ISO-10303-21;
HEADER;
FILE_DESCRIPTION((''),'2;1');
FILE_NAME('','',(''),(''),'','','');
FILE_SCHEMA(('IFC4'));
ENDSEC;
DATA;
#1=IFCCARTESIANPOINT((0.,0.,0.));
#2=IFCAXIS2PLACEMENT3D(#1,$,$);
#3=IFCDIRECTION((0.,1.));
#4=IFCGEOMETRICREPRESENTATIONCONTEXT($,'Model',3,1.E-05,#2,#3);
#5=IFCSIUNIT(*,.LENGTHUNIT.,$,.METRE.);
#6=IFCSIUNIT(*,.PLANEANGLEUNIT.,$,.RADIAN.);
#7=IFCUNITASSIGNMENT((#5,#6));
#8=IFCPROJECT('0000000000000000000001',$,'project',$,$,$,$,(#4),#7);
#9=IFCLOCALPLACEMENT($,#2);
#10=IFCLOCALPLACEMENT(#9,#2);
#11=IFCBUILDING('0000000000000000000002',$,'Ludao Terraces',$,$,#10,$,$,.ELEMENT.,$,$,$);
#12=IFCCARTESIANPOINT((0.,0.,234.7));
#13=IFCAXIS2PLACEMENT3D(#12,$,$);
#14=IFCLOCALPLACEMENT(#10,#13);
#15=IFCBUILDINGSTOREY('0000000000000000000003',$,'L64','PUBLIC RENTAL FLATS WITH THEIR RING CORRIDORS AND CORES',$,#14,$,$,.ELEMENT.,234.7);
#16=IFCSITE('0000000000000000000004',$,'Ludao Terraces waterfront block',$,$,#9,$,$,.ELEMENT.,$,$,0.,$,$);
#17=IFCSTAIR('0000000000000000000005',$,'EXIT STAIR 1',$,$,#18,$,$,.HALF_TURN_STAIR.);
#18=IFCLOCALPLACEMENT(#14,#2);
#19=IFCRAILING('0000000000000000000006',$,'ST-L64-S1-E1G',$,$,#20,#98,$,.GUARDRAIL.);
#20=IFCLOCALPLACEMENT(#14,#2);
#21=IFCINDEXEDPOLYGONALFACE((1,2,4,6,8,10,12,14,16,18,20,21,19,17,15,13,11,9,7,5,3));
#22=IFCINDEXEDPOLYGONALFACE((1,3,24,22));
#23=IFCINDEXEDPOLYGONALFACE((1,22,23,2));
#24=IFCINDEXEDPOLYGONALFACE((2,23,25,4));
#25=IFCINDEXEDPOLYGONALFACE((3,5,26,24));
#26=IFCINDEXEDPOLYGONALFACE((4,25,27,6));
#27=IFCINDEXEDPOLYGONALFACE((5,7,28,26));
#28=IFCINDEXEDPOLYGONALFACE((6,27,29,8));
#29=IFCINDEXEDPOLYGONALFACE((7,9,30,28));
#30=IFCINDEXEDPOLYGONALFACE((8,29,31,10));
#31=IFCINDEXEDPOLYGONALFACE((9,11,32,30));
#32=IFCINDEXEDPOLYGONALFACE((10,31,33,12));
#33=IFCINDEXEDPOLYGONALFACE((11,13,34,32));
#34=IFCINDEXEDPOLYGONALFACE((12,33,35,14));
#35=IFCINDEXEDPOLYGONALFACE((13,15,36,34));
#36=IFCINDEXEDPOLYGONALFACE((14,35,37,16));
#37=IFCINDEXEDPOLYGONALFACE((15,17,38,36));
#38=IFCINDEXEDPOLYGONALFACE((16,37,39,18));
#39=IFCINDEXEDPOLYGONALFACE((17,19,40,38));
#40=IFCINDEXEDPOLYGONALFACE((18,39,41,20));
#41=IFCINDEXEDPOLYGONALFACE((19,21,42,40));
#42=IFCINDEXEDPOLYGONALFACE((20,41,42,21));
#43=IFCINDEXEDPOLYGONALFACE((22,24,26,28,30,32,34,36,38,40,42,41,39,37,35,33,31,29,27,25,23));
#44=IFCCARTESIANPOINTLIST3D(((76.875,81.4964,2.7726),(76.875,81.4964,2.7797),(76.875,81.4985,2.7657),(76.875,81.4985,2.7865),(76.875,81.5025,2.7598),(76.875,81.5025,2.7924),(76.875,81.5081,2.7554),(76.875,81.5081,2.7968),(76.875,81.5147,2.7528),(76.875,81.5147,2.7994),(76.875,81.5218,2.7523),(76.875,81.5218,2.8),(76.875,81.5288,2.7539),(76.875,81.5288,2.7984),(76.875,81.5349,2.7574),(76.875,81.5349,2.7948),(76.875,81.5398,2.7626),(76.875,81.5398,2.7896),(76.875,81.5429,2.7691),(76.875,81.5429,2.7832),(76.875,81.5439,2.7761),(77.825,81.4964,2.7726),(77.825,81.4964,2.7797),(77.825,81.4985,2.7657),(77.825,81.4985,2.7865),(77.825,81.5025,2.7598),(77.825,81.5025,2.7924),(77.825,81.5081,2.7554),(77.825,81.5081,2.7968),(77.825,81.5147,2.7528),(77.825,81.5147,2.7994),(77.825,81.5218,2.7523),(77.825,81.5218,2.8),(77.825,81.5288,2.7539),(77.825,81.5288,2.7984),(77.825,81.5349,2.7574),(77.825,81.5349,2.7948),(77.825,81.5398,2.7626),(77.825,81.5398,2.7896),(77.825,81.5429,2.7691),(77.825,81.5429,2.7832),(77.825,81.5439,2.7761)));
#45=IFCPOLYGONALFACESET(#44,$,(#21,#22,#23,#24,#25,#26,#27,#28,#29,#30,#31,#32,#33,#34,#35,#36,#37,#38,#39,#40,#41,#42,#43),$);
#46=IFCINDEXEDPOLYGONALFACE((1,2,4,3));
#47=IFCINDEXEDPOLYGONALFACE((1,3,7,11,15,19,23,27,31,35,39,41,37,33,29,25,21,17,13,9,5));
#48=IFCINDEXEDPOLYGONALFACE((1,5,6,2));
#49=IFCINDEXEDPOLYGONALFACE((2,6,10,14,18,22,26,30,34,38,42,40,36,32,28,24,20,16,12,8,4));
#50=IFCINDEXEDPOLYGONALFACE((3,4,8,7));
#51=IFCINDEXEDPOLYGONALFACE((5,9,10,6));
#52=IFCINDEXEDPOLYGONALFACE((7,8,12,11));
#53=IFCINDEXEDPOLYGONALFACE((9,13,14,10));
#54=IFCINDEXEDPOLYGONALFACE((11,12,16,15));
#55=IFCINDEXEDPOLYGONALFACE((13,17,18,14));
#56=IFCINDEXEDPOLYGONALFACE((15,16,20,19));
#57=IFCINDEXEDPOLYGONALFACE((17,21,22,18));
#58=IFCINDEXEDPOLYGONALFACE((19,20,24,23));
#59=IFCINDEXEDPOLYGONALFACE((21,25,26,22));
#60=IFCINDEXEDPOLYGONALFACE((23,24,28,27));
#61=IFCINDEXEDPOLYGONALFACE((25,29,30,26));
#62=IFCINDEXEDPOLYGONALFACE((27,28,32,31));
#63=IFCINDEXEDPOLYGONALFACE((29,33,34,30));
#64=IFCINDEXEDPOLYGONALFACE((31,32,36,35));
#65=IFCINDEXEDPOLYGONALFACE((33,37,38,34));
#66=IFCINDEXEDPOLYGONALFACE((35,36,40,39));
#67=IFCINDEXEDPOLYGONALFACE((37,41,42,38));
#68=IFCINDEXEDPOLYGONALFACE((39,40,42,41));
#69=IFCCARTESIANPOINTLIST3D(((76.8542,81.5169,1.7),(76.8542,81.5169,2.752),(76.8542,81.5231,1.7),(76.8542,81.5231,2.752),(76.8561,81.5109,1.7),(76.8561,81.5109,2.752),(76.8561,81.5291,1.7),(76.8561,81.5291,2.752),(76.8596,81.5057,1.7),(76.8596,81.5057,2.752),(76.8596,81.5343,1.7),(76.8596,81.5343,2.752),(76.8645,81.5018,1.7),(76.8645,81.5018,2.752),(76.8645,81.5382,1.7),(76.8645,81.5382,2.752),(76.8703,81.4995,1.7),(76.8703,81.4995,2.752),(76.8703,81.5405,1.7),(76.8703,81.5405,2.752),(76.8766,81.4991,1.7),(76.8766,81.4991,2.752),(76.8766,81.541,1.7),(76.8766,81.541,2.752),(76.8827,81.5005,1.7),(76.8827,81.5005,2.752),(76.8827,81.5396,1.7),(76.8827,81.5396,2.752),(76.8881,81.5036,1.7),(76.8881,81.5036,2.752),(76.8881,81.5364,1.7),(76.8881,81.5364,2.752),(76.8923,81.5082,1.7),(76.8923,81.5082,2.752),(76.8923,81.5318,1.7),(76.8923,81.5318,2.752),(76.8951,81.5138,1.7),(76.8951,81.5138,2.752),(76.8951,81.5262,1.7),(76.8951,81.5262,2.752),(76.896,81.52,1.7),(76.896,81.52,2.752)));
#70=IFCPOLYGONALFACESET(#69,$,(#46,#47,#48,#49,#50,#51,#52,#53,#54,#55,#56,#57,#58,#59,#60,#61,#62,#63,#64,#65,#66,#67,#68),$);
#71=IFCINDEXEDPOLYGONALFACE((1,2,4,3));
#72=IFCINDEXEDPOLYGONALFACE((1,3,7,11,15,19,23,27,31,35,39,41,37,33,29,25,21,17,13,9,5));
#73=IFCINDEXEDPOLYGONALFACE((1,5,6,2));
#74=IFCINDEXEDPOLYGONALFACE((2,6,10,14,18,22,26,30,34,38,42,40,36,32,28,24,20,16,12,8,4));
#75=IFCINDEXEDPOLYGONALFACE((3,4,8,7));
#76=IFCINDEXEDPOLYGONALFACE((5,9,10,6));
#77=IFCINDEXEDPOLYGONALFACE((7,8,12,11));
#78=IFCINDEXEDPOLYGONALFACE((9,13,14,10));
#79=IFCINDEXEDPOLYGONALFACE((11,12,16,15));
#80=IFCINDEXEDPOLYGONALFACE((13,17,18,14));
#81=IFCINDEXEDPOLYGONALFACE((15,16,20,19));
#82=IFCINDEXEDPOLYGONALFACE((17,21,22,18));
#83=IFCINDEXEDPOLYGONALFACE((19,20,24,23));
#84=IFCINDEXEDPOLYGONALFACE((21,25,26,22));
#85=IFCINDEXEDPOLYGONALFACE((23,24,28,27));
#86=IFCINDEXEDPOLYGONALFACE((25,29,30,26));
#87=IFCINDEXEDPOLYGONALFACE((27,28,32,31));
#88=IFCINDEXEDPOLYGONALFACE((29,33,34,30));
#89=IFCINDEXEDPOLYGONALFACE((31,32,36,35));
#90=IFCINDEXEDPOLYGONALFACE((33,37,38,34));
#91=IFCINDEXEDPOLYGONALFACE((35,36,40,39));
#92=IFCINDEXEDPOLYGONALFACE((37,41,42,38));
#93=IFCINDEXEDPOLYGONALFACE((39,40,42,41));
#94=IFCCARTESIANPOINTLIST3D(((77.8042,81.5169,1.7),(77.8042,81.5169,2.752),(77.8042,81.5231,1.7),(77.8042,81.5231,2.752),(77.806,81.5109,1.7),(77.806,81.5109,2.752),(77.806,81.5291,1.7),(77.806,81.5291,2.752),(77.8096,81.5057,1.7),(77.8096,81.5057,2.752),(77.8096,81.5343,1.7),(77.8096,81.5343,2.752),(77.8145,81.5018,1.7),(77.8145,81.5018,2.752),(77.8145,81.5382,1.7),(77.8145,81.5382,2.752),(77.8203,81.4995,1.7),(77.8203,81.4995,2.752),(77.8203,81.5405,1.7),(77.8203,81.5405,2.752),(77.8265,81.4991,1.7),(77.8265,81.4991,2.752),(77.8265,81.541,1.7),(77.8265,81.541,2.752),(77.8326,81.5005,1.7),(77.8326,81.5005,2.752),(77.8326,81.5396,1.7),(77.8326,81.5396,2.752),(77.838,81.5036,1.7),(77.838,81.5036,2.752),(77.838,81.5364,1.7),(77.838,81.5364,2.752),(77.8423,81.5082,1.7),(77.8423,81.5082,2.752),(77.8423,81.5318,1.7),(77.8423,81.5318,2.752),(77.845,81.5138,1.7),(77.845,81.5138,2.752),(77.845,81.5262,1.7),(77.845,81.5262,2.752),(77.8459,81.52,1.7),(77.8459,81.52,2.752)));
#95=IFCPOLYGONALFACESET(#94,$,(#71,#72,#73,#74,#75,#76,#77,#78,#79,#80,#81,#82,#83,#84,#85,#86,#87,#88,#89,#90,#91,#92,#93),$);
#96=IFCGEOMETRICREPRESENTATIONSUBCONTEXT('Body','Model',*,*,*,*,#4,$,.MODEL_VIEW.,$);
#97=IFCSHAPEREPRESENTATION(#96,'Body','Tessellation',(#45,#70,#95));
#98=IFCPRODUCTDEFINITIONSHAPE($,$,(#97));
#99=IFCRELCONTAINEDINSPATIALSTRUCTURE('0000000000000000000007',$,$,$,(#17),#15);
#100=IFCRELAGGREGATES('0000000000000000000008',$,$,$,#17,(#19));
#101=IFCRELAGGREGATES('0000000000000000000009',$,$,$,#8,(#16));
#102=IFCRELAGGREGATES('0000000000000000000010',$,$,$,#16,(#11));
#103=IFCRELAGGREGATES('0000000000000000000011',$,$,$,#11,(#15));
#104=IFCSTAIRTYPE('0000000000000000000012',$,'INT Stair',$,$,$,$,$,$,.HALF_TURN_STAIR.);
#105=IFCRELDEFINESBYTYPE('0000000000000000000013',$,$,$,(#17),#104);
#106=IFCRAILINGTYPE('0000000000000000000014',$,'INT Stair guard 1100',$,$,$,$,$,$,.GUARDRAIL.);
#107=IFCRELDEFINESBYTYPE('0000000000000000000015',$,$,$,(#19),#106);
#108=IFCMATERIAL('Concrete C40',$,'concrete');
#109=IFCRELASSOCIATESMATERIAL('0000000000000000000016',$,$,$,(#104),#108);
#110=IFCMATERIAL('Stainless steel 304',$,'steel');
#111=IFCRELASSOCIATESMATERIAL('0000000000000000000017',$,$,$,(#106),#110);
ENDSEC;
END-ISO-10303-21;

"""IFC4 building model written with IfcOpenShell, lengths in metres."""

from ifc_helpers import new_model, si_unit, direction, frame, origin, origin_2d, place, context, subcontext, project, spatial, circle, extrude, material, type_object, element, aggregate, save


model = new_model("IFC4")

# Units and contexts
model_context = context("Model", 3, precision=1e-05, world=origin(), true_north=direction((0.0, 1.0)))
body_context = subcontext(model_context, "Body", "Model", "MODEL_VIEW")
ifc_project = project(units=[si_unit("LENGTHUNIT", "METRE"), si_unit("PLANEANGLEUNIT", "RADIAN")], contexts=[model_context])

# Site, building, storey
site_placement = place(None, origin())
site = spatial("IfcSite", under=ifc_project, at=site_placement, Name="Ludao Terraces waterfront block", CompositionType="ELEMENT", RefElevation=0.0)
building_placement = place(site_placement, origin())
building = spatial("IfcBuilding", under=site, at=building_placement, Name="Ludao Terraces", CompositionType="ELEMENT")
storey_placement = place(building_placement, frame((0.0, 0.0, 234.7)))
storey = spatial("IfcBuildingStorey", under=building, at=storey_placement, Name="L64", Description="PUBLIC RENTAL FLATS WITH THEIR RING CORRIDORS AND CORES", CompositionType="ELEMENT", Elevation=234.7)

# Shared definitions
ifc_material_1 = material(Name="Concrete C40", Category="concrete")

# Stair, railing
stair_type = type_object("IfcStairType", Name="INT Stair", PredefinedType="HALF_TURN_STAIR", material=ifc_material_1)
stair_placement = place(storey_placement, origin())
stair = element("IfcStair", 1, at=stair_placement, inside=storey, type_object=stair_type, Name="EXIT STAIR 1", PredefinedType="HALF_TURN_STAIR")
ifc_material_2 = material(Name="Stainless steel 304", Category="steel")
railing_type_1 = type_object("IfcRailingType", Name="INT Stair guard 1100", PredefinedType="GUARDRAIL", material=ifc_material_2)
railing_1_placement = place(storey_placement, frame((76.875, 81.52, 1.7)))
railing_1 = element("IfcRailing", 2, at=railing_1_placement, type_object=railing_type_1, Name="ST-L64-S1-E1G", PredefinedType="GUARDRAIL", context=body_context, shape_type="SweptSolid", body=[
    extrude(circle(Radius=0.0239, at=origin_2d()), frame((0.0, 0.0, 1.0762), z_axis=(1.0, 0.0, 0.0), x_axis=(0.0, 1.0, 0.0)), (0.0, 0.0, 1.0), 0.95),
    extrude(circle(Radius=0.021, at=origin_2d()), origin(), (0.0, 0.0, 1.0), 1.052),
    extrude(circle(Radius=0.021, at=origin_2d()), frame((0.95, 0.0, 0.0)), (0.0, 0.0, 1.0), 1.052),
])
aggregate(stair, [railing_1])

save(model, "model.ifc")
